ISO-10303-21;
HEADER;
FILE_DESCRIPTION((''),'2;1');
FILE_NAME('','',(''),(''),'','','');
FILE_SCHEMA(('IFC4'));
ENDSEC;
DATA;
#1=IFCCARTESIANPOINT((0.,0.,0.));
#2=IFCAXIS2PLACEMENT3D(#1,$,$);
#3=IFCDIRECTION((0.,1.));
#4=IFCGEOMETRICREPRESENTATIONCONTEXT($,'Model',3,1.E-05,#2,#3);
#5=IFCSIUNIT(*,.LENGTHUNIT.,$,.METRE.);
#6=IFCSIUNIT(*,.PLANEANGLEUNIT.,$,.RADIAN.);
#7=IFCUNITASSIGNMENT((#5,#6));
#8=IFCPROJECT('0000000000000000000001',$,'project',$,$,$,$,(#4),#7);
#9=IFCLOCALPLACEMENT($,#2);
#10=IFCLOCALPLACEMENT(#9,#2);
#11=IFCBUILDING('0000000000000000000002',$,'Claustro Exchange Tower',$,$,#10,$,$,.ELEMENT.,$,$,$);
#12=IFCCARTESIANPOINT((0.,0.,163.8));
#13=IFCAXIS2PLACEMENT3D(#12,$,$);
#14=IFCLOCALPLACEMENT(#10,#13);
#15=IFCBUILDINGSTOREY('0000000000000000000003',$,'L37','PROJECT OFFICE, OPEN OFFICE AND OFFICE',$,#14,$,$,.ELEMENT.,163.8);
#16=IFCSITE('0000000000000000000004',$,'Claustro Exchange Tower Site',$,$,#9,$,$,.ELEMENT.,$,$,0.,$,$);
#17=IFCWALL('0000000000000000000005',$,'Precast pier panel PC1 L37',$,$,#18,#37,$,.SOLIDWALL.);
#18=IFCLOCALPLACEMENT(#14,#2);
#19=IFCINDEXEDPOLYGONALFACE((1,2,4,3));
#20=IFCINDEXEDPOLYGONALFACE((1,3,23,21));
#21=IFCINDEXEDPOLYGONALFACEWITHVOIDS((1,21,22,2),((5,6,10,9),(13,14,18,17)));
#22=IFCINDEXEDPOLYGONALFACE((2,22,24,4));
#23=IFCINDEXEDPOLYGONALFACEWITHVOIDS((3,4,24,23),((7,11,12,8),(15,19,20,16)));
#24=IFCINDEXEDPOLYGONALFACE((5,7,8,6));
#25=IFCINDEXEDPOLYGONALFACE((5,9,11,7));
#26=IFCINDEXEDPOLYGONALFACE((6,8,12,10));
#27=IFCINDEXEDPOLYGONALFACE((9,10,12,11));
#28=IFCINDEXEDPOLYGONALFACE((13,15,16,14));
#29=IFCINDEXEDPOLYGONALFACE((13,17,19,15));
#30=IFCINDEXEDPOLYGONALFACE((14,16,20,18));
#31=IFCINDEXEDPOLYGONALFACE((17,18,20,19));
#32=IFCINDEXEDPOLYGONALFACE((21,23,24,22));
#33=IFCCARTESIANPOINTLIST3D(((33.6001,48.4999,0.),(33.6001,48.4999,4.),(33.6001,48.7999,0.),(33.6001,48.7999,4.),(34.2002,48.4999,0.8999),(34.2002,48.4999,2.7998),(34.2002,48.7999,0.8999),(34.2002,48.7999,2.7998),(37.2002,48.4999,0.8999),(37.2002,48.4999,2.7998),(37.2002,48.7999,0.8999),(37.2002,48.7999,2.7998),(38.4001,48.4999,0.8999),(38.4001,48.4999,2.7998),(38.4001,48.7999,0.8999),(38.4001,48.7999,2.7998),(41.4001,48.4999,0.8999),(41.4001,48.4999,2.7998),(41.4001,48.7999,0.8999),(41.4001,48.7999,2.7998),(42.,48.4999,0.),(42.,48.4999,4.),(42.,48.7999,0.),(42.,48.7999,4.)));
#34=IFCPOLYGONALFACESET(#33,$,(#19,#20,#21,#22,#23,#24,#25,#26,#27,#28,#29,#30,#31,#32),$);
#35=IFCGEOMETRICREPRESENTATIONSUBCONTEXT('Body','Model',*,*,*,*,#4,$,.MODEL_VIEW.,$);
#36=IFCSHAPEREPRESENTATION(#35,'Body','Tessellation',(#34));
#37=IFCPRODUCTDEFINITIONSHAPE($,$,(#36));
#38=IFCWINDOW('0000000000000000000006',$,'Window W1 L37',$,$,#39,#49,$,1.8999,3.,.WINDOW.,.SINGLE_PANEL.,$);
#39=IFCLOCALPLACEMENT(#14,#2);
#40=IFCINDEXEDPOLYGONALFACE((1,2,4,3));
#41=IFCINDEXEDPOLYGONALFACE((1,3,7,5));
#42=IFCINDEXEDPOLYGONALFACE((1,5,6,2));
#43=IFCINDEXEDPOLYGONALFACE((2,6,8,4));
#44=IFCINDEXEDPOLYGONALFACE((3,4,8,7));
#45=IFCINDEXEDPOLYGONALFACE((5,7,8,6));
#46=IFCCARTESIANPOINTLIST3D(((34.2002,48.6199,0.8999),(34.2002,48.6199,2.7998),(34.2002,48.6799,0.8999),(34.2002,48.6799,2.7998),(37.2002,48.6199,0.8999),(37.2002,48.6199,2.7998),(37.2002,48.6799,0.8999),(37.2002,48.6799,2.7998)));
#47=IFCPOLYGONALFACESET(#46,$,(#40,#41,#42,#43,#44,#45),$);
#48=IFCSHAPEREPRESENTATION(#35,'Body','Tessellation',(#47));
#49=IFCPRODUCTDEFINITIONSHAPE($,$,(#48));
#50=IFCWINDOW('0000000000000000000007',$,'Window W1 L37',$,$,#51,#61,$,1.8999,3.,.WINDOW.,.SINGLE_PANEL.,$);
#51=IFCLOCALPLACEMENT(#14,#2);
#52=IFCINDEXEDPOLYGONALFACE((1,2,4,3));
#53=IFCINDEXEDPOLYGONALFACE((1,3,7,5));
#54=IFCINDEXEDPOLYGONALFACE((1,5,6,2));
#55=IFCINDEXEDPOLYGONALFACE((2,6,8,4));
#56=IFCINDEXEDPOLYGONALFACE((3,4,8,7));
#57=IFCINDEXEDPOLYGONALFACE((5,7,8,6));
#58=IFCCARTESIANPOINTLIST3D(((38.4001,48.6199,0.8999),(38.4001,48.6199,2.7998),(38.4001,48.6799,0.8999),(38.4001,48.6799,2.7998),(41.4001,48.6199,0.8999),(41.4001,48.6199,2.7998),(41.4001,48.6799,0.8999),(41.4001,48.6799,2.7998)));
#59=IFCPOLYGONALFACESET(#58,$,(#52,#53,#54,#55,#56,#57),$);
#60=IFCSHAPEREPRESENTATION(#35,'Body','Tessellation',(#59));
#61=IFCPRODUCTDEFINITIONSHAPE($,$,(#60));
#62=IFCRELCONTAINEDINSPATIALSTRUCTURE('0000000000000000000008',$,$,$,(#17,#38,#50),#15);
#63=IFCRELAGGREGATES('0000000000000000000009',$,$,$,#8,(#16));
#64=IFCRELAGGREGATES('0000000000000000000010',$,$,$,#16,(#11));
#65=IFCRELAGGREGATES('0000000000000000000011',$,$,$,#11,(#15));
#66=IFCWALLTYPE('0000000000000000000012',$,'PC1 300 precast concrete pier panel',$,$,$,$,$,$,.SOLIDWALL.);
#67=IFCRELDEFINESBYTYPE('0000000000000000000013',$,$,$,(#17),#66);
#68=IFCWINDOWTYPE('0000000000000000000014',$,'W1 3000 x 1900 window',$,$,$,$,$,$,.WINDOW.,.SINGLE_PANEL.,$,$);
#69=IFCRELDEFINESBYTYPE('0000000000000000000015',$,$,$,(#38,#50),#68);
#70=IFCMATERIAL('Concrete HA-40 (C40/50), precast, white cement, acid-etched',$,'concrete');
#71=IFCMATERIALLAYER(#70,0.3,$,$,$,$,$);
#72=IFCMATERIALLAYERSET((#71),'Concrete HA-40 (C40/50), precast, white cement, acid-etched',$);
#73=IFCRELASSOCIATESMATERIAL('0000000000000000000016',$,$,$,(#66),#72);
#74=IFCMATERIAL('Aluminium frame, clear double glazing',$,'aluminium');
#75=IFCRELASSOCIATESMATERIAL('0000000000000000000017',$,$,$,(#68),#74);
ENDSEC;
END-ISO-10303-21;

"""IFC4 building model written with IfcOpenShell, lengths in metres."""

from ifc_helpers import new_model, si_unit, direction, frame, frame_2d, origin, place, context, subcontext, project, spatial, rectangle, extrude, material, layer, layer_set, type_object, element, fill, save


model = new_model("IFC4")

# Units and contexts
model_context = context("Model", 3, precision=1e-05, world=origin(), true_north=direction((0.0, 1.0)))
body_context = subcontext(model_context, "Body", "Model", "MODEL_VIEW")
ifc_project = project(units=[si_unit("LENGTHUNIT", "METRE"), si_unit("PLANEANGLEUNIT", "RADIAN")], contexts=[model_context])

# Site, building, storey
site_placement = place(None, origin())
site = spatial("IfcSite", under=ifc_project, at=site_placement, Name="Claustro Exchange Tower Site", CompositionType="ELEMENT", RefElevation=0.0)
building_placement = place(site_placement, origin())
building = spatial("IfcBuilding", under=site, at=building_placement, Name="Claustro Exchange Tower", CompositionType="ELEMENT")
storey_placement = place(building_placement, frame((0.0, 0.0, 163.8)))
storey = spatial("IfcBuildingStorey", under=building, at=storey_placement, Name="L37", Description="PROJECT OFFICE, OPEN OFFICE AND OFFICE", CompositionType="ELEMENT", Elevation=163.8)

# Wall, openings, windows
ifc_material_1 = material(Name="Concrete HA-40 (C40/50), precast, white cement, acid-etched", Category="concrete")
ifc_layer_1 = layer(ifc_material_1, 0.3)
ifc_layer_set_1 = layer_set([ifc_layer_1], Name="Concrete HA-40 (C40/50), precast, white cement, acid-etched")
wall_type_1 = type_object("IfcWallType", Name="PC1 300 precast concrete pier panel", PredefinedType="SOLIDWALL", material=ifc_layer_set_1)
ifc_material_2 = material(Name="Aluminium frame, clear double glazing", Category="aluminium")
window_type = type_object("IfcWindowType", Name="W1 3000 x 1900 window", PartitioningType="SINGLE_PANEL", PredefinedType="WINDOW", material=ifc_material_2)
wall_1_placement = place(storey_placement, frame((33.6001, 48.6499, 0.0), z_axis=(0.0, 0.0, 1.0), x_axis=(1.0, 0.0, 0.0)))
wall_1 = element("IfcWall", 1, at=wall_1_placement, inside=storey, type_object=wall_type_1, Name="Precast pier panel PC1 L37", PredefinedType="SOLIDWALL", context=body_context, shape_type="SweptSolid", body=[
    extrude(rectangle(XDim=8.3999, YDim=0.3, at=frame_2d((4.2, 0.0))), origin(), (0.0, 0.0, 1.0), 4.0),
])
opening_1_placement = place(wall_1_placement, frame((0.6001, 0.0, 0.8999)))
opening_1 = element("IfcOpeningElement", 2, at=opening_1_placement, cuts=wall_1, PredefinedType="OPENING", context=body_context, shape_type="SweptSolid", body=[
    extrude(rectangle(XDim=3.0, YDim=1.8999, at=frame_2d((1.5, 0.95))), frame((0.0, 0.1599, 0.0), z_axis=(0.0, -1.0, 0.0), x_axis=(1.0, 0.0, 0.0)), (0.0, 0.0, 1.0), 0.3201),
])
opening_2_placement = place(wall_1_placement, frame((4.8, 0.0, 0.8999)))
opening_2 = element("IfcOpeningElement", 3, at=opening_2_placement, cuts=wall_1, PredefinedType="OPENING", context=body_context, shape_type="SweptSolid", body=[
    extrude(rectangle(XDim=3.0, YDim=1.8999, at=frame_2d((1.5, 0.95))), frame((0.0, 0.1599, 0.0), z_axis=(0.0, -1.0, 0.0), x_axis=(1.0, 0.0, 0.0)), (0.0, 0.0, 1.0), 0.3201),
])
window_1_placement = place(opening_1_placement, origin())
window_1 = element("IfcWindow", 4, at=window_1_placement, inside=storey, type_object=window_type, Name="Window W1 L37", OverallHeight=1.8999, OverallWidth=3.0, PartitioningType="SINGLE_PANEL", PredefinedType="WINDOW", context=body_context, shape_type="SweptSolid", body=[
    extrude(rectangle(XDim=3.0, YDim=1.8999, at=frame_2d((1.5, 0.95))), frame((0.0, 0.03, 0.0), z_axis=(0.0, -1.0, 0.0), x_axis=(1.0, 0.0, 0.0)), (0.0, 0.0, 1.0), 0.0601),
])
fill(opening_1, window_1)
window_2_placement = place(opening_2_placement, origin())
window_2 = element("IfcWindow", 5, at=window_2_placement, inside=storey, type_object=window_type, Name="Window W1 L37", OverallHeight=1.8999, OverallWidth=3.0, PartitioningType="SINGLE_PANEL", PredefinedType="WINDOW", context=body_context, shape_type="SweptSolid", body=[
    extrude(rectangle(XDim=3.0, YDim=1.8999, at=frame_2d((1.5, 0.95))), frame((0.0, 0.03, 0.0), z_axis=(0.0, -1.0, 0.0), x_axis=(1.0, 0.0, 0.0)), (0.0, 0.0, 1.0), 0.0601),
])
fill(opening_2, window_2)

save(model, "model.ifc")
